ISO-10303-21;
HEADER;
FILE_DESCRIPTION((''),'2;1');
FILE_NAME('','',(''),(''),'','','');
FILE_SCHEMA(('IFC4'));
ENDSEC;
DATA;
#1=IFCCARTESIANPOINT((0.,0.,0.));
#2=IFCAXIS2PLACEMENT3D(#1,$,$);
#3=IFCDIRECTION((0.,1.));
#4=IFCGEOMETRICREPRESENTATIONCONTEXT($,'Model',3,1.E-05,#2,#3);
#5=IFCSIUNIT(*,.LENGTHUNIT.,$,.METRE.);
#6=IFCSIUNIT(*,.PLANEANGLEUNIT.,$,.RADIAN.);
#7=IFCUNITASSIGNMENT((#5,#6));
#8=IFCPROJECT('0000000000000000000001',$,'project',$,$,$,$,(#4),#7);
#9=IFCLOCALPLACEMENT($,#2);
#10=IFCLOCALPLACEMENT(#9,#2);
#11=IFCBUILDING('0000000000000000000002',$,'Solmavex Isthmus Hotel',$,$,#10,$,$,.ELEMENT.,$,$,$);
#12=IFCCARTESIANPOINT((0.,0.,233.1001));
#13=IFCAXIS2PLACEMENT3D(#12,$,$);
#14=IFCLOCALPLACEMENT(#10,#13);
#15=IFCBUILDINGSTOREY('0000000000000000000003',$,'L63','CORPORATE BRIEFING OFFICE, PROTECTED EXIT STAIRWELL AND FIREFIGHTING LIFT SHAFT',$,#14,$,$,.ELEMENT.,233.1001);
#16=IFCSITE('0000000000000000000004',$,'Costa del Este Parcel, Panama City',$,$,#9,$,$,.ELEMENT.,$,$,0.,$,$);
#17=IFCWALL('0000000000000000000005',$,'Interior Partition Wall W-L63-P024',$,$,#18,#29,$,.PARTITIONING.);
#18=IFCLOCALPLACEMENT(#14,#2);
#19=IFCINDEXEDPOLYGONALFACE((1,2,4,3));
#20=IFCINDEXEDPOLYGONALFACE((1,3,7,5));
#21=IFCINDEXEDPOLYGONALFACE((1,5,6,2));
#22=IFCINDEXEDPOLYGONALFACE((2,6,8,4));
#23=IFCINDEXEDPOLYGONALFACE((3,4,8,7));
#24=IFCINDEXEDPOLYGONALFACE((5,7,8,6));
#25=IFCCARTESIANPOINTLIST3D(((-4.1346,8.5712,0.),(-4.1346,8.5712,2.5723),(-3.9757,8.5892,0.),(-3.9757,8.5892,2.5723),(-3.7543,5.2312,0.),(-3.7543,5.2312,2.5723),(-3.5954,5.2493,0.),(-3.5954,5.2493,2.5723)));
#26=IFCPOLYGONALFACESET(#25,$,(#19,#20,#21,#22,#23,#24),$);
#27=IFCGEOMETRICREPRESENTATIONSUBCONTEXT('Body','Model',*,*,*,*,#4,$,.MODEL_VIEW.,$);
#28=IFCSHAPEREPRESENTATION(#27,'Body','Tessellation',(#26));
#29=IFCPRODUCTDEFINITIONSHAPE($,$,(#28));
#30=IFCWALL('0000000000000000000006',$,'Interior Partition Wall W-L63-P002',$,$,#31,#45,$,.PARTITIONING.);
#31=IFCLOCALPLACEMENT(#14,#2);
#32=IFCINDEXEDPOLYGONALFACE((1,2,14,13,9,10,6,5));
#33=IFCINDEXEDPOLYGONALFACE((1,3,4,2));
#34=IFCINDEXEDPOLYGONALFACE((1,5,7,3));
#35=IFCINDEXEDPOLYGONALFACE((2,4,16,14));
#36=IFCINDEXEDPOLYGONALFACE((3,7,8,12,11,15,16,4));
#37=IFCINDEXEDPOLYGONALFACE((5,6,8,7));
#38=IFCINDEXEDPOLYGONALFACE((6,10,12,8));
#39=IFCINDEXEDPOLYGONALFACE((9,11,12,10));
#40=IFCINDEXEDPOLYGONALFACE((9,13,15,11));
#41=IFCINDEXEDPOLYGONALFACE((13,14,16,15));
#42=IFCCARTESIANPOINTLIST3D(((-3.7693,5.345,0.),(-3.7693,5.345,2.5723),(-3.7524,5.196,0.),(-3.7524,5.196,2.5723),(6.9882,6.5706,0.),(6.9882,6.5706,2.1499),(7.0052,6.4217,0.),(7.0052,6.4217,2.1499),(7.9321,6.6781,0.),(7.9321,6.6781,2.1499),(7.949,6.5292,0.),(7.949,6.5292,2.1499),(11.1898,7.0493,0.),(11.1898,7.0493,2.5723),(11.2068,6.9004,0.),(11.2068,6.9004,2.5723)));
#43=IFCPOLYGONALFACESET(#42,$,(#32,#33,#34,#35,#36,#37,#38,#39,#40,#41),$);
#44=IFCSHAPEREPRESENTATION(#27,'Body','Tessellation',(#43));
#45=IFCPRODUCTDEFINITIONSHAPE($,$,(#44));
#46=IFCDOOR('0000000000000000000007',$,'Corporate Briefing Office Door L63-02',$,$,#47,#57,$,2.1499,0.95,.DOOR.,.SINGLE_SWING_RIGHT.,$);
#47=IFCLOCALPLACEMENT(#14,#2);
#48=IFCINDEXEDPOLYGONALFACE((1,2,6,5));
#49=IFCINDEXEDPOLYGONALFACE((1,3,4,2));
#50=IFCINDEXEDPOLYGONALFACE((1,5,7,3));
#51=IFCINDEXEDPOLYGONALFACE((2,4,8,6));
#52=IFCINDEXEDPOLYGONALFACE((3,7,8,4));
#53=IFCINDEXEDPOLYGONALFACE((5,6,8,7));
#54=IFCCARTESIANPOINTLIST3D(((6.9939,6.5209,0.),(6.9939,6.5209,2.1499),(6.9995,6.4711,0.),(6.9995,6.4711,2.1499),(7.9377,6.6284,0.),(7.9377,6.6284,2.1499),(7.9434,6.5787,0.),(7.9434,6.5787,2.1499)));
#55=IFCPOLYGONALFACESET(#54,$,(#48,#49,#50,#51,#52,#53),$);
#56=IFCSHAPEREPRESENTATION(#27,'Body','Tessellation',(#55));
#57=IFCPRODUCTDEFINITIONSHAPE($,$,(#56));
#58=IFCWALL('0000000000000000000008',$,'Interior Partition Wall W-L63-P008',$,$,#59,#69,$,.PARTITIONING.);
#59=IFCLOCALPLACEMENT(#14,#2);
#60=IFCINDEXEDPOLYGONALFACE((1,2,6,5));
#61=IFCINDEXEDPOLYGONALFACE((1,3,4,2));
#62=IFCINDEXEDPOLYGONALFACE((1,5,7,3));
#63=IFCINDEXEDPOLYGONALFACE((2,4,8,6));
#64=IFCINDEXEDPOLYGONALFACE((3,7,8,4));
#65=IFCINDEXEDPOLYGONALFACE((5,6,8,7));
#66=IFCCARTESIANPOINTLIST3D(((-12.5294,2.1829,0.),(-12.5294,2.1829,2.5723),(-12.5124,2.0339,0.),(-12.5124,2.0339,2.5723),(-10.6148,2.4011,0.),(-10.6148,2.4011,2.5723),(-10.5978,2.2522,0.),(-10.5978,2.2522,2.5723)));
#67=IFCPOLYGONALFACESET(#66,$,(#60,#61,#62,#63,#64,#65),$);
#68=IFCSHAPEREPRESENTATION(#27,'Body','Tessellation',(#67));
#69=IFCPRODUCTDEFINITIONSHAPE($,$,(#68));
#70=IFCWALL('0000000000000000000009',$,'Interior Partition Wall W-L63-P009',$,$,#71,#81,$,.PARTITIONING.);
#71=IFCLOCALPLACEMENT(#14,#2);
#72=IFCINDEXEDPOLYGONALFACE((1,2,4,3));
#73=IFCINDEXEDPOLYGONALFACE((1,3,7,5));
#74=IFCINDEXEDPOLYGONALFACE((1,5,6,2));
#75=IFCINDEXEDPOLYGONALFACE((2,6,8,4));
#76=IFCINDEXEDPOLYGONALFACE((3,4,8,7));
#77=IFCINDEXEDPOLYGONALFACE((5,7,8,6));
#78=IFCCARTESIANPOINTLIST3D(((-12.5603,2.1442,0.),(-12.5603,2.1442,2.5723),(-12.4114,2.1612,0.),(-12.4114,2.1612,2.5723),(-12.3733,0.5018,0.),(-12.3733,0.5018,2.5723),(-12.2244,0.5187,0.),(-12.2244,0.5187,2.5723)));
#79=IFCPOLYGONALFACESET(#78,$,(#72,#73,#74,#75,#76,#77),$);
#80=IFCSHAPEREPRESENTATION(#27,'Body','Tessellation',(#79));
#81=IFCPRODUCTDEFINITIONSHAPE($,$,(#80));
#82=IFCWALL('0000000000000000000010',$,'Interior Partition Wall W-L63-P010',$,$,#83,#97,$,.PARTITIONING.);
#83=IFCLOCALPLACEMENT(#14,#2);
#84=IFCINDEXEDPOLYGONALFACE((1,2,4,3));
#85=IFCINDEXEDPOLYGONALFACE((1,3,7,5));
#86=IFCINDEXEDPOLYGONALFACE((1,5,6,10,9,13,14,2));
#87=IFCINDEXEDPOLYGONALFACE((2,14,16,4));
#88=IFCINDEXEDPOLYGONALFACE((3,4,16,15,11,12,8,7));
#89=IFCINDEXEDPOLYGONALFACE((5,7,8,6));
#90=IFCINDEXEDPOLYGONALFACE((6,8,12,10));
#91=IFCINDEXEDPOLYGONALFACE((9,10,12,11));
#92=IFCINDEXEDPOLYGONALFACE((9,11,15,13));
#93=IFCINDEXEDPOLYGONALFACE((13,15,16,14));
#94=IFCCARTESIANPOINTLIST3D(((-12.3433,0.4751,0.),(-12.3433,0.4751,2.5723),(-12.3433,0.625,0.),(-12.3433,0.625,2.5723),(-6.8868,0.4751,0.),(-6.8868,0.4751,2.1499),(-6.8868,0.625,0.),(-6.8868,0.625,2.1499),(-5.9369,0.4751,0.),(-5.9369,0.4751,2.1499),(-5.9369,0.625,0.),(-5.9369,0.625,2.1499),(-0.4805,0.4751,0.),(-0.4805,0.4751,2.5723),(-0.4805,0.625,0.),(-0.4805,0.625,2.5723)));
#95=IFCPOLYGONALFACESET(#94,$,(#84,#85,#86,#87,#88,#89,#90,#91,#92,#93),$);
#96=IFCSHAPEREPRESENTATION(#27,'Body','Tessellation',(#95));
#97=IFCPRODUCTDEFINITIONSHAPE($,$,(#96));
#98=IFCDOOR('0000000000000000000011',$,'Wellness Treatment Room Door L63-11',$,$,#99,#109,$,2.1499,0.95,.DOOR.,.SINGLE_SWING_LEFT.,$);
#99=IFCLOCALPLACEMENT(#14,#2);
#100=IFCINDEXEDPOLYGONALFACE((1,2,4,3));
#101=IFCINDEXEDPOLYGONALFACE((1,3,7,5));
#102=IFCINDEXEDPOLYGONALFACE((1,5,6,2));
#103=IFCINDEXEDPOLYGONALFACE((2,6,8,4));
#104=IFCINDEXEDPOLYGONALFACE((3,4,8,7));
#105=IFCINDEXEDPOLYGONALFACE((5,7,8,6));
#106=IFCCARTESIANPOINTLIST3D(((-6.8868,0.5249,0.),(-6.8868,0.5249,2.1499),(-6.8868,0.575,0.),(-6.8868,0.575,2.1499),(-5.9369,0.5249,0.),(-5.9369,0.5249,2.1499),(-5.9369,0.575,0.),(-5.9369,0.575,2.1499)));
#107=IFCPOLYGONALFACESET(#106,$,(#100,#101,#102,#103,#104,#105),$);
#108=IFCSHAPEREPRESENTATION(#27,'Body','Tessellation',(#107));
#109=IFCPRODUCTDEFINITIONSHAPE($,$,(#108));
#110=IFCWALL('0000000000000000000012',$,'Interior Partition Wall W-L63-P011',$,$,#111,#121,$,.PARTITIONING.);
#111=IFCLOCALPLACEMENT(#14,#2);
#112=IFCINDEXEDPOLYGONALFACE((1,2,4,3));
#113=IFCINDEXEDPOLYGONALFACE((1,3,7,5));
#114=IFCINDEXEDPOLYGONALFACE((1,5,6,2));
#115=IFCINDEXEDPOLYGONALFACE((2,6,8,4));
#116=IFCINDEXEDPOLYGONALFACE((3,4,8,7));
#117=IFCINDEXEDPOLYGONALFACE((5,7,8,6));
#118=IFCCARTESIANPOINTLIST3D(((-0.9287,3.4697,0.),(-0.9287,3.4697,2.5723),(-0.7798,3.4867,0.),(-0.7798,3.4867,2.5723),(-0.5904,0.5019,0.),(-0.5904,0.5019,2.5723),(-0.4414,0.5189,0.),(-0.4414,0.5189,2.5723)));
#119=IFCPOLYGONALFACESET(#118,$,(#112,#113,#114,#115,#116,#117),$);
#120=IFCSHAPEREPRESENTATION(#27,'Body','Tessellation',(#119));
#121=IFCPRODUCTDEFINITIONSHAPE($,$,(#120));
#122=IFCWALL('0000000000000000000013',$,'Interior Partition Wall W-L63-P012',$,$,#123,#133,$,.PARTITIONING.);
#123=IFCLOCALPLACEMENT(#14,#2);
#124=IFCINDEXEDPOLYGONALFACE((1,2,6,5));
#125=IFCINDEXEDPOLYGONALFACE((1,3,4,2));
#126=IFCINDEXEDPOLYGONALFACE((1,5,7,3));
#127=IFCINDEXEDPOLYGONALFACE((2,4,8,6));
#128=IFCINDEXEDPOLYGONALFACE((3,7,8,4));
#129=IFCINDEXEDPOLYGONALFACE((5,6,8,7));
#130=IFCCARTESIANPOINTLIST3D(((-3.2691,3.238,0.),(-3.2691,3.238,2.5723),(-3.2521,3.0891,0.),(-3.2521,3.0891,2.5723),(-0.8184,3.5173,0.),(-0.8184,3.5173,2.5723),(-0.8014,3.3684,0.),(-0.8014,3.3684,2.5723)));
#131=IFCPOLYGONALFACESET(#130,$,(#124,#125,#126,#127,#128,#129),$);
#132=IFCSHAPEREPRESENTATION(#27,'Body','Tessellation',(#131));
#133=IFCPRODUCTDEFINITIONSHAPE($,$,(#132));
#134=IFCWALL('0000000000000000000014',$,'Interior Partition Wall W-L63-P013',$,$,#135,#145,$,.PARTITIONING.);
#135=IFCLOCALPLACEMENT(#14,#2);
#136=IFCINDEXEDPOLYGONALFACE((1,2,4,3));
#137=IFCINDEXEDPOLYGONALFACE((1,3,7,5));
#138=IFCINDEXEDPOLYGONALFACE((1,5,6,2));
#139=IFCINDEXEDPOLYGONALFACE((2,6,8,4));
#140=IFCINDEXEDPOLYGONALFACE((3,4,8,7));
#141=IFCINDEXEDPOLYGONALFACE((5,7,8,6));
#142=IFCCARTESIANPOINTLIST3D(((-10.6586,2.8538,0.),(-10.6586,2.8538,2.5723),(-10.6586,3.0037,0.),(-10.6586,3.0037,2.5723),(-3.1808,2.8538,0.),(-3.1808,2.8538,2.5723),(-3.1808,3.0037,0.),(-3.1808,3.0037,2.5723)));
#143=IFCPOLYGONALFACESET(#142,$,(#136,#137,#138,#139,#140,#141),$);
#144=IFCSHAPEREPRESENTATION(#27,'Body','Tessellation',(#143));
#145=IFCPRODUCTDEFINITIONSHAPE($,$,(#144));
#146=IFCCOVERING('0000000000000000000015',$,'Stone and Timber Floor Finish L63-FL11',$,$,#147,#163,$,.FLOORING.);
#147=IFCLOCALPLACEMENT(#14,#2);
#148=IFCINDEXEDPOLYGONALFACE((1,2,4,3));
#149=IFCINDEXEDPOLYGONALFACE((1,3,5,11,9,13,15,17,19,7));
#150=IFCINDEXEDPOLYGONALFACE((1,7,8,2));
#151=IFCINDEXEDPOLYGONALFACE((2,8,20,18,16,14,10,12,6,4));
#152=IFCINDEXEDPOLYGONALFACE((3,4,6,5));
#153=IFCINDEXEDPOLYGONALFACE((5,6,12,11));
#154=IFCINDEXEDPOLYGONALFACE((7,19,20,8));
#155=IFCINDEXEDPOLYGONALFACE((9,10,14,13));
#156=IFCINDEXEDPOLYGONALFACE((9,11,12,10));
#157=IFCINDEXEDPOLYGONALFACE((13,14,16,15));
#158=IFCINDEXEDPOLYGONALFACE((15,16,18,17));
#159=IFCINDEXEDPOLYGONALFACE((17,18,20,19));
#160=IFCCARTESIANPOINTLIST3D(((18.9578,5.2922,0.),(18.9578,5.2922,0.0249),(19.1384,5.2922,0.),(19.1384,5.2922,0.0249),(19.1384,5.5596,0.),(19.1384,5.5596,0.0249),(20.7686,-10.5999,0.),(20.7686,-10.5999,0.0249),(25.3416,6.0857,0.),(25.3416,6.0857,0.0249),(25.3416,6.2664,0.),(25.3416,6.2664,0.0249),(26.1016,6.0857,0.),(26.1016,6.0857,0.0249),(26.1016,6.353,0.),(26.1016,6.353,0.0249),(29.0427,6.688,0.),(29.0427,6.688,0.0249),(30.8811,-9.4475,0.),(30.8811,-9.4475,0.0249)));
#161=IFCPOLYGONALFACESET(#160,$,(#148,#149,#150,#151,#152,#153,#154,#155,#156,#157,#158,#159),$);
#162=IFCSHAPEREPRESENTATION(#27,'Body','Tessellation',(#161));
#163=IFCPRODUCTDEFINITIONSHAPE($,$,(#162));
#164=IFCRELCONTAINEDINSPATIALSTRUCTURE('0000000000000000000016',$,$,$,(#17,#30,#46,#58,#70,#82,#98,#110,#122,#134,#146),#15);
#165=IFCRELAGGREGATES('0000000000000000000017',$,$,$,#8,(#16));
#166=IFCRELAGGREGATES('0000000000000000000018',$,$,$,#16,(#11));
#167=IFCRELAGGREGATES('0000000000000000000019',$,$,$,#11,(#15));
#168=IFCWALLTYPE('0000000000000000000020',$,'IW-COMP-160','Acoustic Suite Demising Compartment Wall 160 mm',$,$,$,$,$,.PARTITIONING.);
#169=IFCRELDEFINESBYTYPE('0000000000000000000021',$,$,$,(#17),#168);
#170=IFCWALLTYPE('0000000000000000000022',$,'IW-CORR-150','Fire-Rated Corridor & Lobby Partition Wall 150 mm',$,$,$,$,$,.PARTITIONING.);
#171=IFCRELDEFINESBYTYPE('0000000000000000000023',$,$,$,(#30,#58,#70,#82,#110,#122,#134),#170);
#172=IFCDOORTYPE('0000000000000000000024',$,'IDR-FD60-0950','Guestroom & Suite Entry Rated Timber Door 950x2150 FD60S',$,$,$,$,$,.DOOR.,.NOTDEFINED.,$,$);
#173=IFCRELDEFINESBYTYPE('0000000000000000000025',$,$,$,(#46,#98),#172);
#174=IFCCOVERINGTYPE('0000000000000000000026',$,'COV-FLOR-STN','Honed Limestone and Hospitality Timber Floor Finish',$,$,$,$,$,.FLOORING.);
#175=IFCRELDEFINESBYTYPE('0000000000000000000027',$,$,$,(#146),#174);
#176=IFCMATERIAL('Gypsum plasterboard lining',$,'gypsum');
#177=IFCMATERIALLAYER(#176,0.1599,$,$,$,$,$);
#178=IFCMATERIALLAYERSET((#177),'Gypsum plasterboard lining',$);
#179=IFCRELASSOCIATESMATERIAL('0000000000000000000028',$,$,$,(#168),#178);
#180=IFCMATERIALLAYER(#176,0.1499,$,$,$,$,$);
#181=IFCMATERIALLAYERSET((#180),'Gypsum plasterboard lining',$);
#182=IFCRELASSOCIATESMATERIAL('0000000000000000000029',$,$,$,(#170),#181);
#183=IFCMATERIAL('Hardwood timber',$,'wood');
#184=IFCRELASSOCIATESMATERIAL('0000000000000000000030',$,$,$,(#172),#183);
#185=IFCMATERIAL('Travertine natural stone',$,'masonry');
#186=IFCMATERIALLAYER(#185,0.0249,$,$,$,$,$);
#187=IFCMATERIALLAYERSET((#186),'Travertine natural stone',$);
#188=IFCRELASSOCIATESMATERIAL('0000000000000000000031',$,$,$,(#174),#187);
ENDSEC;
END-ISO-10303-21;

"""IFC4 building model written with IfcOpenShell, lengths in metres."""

from ifc_helpers import new_model, si_unit, direction, frame, frame_2d, origin, place, context, subcontext, project, spatial, polyline, rectangle, outline, extrude, material, layer, layer_set, type_object, element, fill, save


model = new_model("IFC4")

# Units and contexts
model_context = context("Model", 3, precision=1e-05, world=origin(), true_north=direction((0.0, 1.0)))
body_context = subcontext(model_context, "Body", "Model", "MODEL_VIEW")
ifc_project = project(units=[si_unit("LENGTHUNIT", "METRE"), si_unit("PLANEANGLEUNIT", "RADIAN")], contexts=[model_context])

# Site, building, storey
site_placement = place(None, origin())
site = spatial("IfcSite", under=ifc_project, at=site_placement, Name="Costa del Este Parcel, Panama City", CompositionType="ELEMENT", RefElevation=0.0)
building_placement = place(site_placement, origin())
building = spatial("IfcBuilding", under=site, at=building_placement, Name="Solmavex Isthmus Hotel", CompositionType="ELEMENT")
storey_placement = place(building_placement, frame((0.0, 0.0, 233.1001)))
storey = spatial("IfcBuildingStorey", under=building, at=storey_placement, Name="L63", Description="CORPORATE BRIEFING OFFICE, PROTECTED EXIT STAIRWELL AND FIREFIGHTING LIFT SHAFT", CompositionType="ELEMENT", Elevation=233.1001)

# Wall
ifc_material_1 = material(Name="Gypsum plasterboard lining", Category="gypsum")
ifc_layer_1 = layer(ifc_material_1, 0.1599)
ifc_layer_set_1 = layer_set([ifc_layer_1], Name="Gypsum plasterboard lining")
wall_type_1 = type_object("IfcWallType", Name="IW-COMP-160", Description="Acoustic Suite Demising Compartment Wall 160 mm", PredefinedType="PARTITIONING", material=ifc_layer_set_1)
wall_1_placement = place(storey_placement, frame((-4.0552, 8.5801, 0.0), z_axis=(0.0, 0.0, 1.0), x_axis=(0.113149, -0.993578, 0.0)))
element("IfcWall", 1, at=wall_1_placement, inside=storey, type_object=wall_type_1, Name="Interior Partition Wall W-L63-P024", PredefinedType="PARTITIONING", context=body_context, shape_type="SweptSolid", body=[
    extrude(rectangle(XDim=3.3616, YDim=0.1599, at=frame_2d((1.6807, 0.0))), origin(), (0.0, 0.0, 1.0), 2.5723),
])

# Wall, opening, door
ifc_layer_2 = layer(ifc_material_1, 0.1499)
ifc_layer_set_2 = layer_set([ifc_layer_2], Name="Gypsum plasterboard lining")
wall_type_2 = type_object("IfcWallType", Name="IW-CORR-150", Description="Fire-Rated Corridor & Lobby Partition Wall 150 mm", PredefinedType="PARTITIONING", material=ifc_layer_set_2)
wall_2_placement = place(storey_placement, frame((-3.7607, 5.2705, 0.0), z_axis=(0.0, 0.0, 1.0), x_axis=(0.993572, 0.1132, 0.0)))
wall_2 = element("IfcWall", 2, at=wall_2_placement, inside=storey, type_object=wall_type_2, Name="Interior Partition Wall W-L63-P002", PredefinedType="PARTITIONING", context=body_context, shape_type="SweptSolid", body=[
    extrude(rectangle(XDim=15.0559, YDim=0.1499, at=frame_2d((7.5278, 0.0))), origin(), (0.0, 0.0, 1.0), 2.5723),
])
opening_1_placement = place(wall_2_placement, frame((10.8269, 0.0, 0.0)))
opening_1 = element("IfcOpeningElement", 3, at=opening_1_placement, cuts=wall_2, PredefinedType="OPENING", context=body_context, shape_type="SweptSolid", body=[
    extrude(rectangle(XDim=0.95, YDim=2.1499, at=frame_2d((0.4751, 1.075))), frame((0.0, 0.085, 0.0), z_axis=(0.0, -1.0, 0.0), x_axis=(1.0, 0.0, 0.0)), (0.0, 0.0, 1.0), 0.1699),
])
ifc_material_2 = material(Name="Hardwood timber", Category="wood")
door_type = type_object("IfcDoorType", Name="IDR-FD60-0950", Description="Guestroom & Suite Entry Rated Timber Door 950x2150 FD60S", OperationType="NOTDEFINED", PredefinedType="DOOR", material=ifc_material_2)
door_1_placement = place(opening_1_placement, origin())
door_1 = element("IfcDoor", 4, at=door_1_placement, inside=storey, type_object=door_type, Name="Corporate Briefing Office Door L63-02", OperationType="SINGLE_SWING_RIGHT", OverallHeight=2.1499, OverallWidth=0.95, PredefinedType="DOOR", context=body_context, shape_type="SweptSolid", body=[
    extrude(rectangle(XDim=0.95, YDim=2.1499, at=frame_2d((0.4751, 1.075))), frame((0.0, 0.0249, 0.0), z_axis=(0.0, -1.0, 0.0), x_axis=(1.0, 0.0, 0.0)), (0.0, 0.0, 1.0), 0.05),
])
fill(opening_1, door_1)

# Walls
wall_3_placement = place(storey_placement, frame((-10.6064, 2.3267, 0.0), z_axis=(0.0, 0.0, 1.0), x_axis=(-0.993564, -0.113268, 0.0)))
element("IfcWall", 5, at=wall_3_placement, inside=storey, type_object=wall_type_2, Name="Interior Partition Wall W-L63-P008", PredefinedType="PARTITIONING", context=body_context, shape_type="SweptSolid", body=[
    extrude(rectangle(XDim=1.927, YDim=0.1499, at=frame_2d((0.9634, 0.0))), origin(), (0.0, 0.0, 1.0), 2.5723),
])
wall_4_placement = place(storey_placement, frame((-12.4858, 2.1528, 0.0), z_axis=(0.0, 0.0, 1.0), x_axis=(0.113122, -0.993581, 0.0)))
element("IfcWall", 6, at=wall_4_placement, inside=storey, type_object=wall_type_2, Name="Interior Partition Wall W-L63-P009", PredefinedType="PARTITIONING", context=body_context, shape_type="SweptSolid", body=[
    extrude(rectangle(XDim=1.6531, YDim=0.1499, at=frame_2d((0.8267, 0.0))), origin(), (0.0, 0.0, 1.0), 2.5723),
])

# Wall, opening, door
wall_5_placement = place(storey_placement, frame((-12.3433, 0.55, 0.0), z_axis=(0.0, 0.0, 1.0), x_axis=(1.0, 0.0, 0.0)))
wall_5 = element("IfcWall", 7, at=wall_5_placement, inside=storey, type_object=wall_type_2, Name="Interior Partition Wall W-L63-P010", PredefinedType="PARTITIONING", context=body_context, shape_type="SweptSolid", body=[
    extrude(rectangle(XDim=11.8628, YDim=0.1499, at=frame_2d((5.9314, 0.0))), origin(), (0.0, 0.0, 1.0), 2.5723),
])
opening_2_placement = place(wall_5_placement, frame((5.4563, 0.0, 0.0)))
opening_2 = element("IfcOpeningElement", 8, at=opening_2_placement, cuts=wall_5, PredefinedType="OPENING", context=body_context, shape_type="SweptSolid", body=[
    extrude(rectangle(XDim=0.95, YDim=2.1499, at=frame_2d((0.4751, 1.075))), frame((0.0, 0.085, 0.0), z_axis=(0.0, -1.0, 0.0), x_axis=(1.0, 0.0, 0.0)), (0.0, 0.0, 1.0), 0.1699),
])
door_2_placement = place(opening_2_placement, origin())
door_2 = element("IfcDoor", 9, at=door_2_placement, inside=storey, type_object=door_type, Name="Wellness Treatment Room Door L63-11", OperationType="SINGLE_SWING_LEFT", OverallHeight=2.1499, OverallWidth=0.95, PredefinedType="DOOR", context=body_context, shape_type="SweptSolid", body=[
    extrude(rectangle(XDim=0.95, YDim=2.1499, at=frame_2d((0.4751, 1.075))), frame((0.0, 0.0249, 0.0), z_axis=(0.0, -1.0, 0.0), x_axis=(1.0, 0.0, 0.0)), (0.0, 0.0, 1.0), 0.05),
])
fill(opening_2, door_2)

# Walls
wall_6_placement = place(storey_placement, frame((-0.5159, 0.5103, 0.0), z_axis=(0.0, 0.0, 1.0), x_axis=(-0.113284, 0.993563, 0.0)))
element("IfcWall", 10, at=wall_6_placement, inside=storey, type_object=wall_type_2, Name="Interior Partition Wall W-L63-P011", PredefinedType="PARTITIONING", context=body_context, shape_type="SweptSolid", body=[
    extrude(rectangle(XDim=2.9871, YDim=0.1499, at=frame_2d((1.4937, 0.0))), origin(), (0.0, 0.0, 1.0), 2.5723),
])
wall_7_placement = place(storey_placement, frame((-0.8098, 3.4429, 0.0), z_axis=(0.0, 0.0, 1.0), x_axis=(-0.993568, -0.113234, 0.0)))
element("IfcWall", 11, at=wall_7_placement, inside=storey, type_object=wall_type_2, Name="Interior Partition Wall W-L63-P012", PredefinedType="PARTITIONING", context=body_context, shape_type="SweptSolid", body=[
    extrude(rectangle(XDim=2.4666, YDim=0.1499, at=frame_2d((1.2334, 0.0))), origin(), (0.0, 0.0, 1.0), 2.5723),
])
wall_8_placement = place(storey_placement, frame((-3.1809, 2.9287, 0.0), z_axis=(0.0, 0.0, 1.0), x_axis=(-1.0, 0.0, 0.0)))
element("IfcWall", 12, at=wall_8_placement, inside=storey, type_object=wall_type_2, Name="Interior Partition Wall W-L63-P013", PredefinedType="PARTITIONING", context=body_context, shape_type="SweptSolid", body=[
    extrude(rectangle(XDim=7.4778, YDim=0.1499, at=frame_2d((3.7388, 0.0))), origin(), (0.0, 0.0, 1.0), 2.5723),
])

# Covering
ifc_material_3 = material(Name="Travertine natural stone", Category="masonry")
ifc_layer_3 = layer(ifc_material_3, 0.0249)
ifc_layer_set_3 = layer_set([ifc_layer_3], Name="Travertine natural stone")
covering_type = type_object("IfcCoveringType", Name="COV-FLOR-STN", Description="Honed Limestone and Hospitality Timber Floor Finish", PredefinedType="FLOORING", material=ifc_layer_set_3)
covering_placement = place(storey_placement, origin())
element("IfcCovering", 13, at=covering_placement, inside=storey, type_object=covering_type, Name="Stone and Timber Floor Finish L63-FL11", PredefinedType="FLOORING", context=body_context, shape_type="SweptSolid", body=[
    extrude(outline(polyline([(19.1384, 5.5596), (19.1384, 5.2922), (18.9578, 5.2922), (20.7686, -10.5999), (30.8811, -9.4475), (29.0427, 6.688), (26.1016, 6.353), (26.1016, 6.0857), (25.3416, 6.0857), (25.3416, 6.2664), (19.1384, 5.5596)])), origin(), (0.0, 0.0, 1.0), 0.0249),
])

save(model, "model.ifc")
